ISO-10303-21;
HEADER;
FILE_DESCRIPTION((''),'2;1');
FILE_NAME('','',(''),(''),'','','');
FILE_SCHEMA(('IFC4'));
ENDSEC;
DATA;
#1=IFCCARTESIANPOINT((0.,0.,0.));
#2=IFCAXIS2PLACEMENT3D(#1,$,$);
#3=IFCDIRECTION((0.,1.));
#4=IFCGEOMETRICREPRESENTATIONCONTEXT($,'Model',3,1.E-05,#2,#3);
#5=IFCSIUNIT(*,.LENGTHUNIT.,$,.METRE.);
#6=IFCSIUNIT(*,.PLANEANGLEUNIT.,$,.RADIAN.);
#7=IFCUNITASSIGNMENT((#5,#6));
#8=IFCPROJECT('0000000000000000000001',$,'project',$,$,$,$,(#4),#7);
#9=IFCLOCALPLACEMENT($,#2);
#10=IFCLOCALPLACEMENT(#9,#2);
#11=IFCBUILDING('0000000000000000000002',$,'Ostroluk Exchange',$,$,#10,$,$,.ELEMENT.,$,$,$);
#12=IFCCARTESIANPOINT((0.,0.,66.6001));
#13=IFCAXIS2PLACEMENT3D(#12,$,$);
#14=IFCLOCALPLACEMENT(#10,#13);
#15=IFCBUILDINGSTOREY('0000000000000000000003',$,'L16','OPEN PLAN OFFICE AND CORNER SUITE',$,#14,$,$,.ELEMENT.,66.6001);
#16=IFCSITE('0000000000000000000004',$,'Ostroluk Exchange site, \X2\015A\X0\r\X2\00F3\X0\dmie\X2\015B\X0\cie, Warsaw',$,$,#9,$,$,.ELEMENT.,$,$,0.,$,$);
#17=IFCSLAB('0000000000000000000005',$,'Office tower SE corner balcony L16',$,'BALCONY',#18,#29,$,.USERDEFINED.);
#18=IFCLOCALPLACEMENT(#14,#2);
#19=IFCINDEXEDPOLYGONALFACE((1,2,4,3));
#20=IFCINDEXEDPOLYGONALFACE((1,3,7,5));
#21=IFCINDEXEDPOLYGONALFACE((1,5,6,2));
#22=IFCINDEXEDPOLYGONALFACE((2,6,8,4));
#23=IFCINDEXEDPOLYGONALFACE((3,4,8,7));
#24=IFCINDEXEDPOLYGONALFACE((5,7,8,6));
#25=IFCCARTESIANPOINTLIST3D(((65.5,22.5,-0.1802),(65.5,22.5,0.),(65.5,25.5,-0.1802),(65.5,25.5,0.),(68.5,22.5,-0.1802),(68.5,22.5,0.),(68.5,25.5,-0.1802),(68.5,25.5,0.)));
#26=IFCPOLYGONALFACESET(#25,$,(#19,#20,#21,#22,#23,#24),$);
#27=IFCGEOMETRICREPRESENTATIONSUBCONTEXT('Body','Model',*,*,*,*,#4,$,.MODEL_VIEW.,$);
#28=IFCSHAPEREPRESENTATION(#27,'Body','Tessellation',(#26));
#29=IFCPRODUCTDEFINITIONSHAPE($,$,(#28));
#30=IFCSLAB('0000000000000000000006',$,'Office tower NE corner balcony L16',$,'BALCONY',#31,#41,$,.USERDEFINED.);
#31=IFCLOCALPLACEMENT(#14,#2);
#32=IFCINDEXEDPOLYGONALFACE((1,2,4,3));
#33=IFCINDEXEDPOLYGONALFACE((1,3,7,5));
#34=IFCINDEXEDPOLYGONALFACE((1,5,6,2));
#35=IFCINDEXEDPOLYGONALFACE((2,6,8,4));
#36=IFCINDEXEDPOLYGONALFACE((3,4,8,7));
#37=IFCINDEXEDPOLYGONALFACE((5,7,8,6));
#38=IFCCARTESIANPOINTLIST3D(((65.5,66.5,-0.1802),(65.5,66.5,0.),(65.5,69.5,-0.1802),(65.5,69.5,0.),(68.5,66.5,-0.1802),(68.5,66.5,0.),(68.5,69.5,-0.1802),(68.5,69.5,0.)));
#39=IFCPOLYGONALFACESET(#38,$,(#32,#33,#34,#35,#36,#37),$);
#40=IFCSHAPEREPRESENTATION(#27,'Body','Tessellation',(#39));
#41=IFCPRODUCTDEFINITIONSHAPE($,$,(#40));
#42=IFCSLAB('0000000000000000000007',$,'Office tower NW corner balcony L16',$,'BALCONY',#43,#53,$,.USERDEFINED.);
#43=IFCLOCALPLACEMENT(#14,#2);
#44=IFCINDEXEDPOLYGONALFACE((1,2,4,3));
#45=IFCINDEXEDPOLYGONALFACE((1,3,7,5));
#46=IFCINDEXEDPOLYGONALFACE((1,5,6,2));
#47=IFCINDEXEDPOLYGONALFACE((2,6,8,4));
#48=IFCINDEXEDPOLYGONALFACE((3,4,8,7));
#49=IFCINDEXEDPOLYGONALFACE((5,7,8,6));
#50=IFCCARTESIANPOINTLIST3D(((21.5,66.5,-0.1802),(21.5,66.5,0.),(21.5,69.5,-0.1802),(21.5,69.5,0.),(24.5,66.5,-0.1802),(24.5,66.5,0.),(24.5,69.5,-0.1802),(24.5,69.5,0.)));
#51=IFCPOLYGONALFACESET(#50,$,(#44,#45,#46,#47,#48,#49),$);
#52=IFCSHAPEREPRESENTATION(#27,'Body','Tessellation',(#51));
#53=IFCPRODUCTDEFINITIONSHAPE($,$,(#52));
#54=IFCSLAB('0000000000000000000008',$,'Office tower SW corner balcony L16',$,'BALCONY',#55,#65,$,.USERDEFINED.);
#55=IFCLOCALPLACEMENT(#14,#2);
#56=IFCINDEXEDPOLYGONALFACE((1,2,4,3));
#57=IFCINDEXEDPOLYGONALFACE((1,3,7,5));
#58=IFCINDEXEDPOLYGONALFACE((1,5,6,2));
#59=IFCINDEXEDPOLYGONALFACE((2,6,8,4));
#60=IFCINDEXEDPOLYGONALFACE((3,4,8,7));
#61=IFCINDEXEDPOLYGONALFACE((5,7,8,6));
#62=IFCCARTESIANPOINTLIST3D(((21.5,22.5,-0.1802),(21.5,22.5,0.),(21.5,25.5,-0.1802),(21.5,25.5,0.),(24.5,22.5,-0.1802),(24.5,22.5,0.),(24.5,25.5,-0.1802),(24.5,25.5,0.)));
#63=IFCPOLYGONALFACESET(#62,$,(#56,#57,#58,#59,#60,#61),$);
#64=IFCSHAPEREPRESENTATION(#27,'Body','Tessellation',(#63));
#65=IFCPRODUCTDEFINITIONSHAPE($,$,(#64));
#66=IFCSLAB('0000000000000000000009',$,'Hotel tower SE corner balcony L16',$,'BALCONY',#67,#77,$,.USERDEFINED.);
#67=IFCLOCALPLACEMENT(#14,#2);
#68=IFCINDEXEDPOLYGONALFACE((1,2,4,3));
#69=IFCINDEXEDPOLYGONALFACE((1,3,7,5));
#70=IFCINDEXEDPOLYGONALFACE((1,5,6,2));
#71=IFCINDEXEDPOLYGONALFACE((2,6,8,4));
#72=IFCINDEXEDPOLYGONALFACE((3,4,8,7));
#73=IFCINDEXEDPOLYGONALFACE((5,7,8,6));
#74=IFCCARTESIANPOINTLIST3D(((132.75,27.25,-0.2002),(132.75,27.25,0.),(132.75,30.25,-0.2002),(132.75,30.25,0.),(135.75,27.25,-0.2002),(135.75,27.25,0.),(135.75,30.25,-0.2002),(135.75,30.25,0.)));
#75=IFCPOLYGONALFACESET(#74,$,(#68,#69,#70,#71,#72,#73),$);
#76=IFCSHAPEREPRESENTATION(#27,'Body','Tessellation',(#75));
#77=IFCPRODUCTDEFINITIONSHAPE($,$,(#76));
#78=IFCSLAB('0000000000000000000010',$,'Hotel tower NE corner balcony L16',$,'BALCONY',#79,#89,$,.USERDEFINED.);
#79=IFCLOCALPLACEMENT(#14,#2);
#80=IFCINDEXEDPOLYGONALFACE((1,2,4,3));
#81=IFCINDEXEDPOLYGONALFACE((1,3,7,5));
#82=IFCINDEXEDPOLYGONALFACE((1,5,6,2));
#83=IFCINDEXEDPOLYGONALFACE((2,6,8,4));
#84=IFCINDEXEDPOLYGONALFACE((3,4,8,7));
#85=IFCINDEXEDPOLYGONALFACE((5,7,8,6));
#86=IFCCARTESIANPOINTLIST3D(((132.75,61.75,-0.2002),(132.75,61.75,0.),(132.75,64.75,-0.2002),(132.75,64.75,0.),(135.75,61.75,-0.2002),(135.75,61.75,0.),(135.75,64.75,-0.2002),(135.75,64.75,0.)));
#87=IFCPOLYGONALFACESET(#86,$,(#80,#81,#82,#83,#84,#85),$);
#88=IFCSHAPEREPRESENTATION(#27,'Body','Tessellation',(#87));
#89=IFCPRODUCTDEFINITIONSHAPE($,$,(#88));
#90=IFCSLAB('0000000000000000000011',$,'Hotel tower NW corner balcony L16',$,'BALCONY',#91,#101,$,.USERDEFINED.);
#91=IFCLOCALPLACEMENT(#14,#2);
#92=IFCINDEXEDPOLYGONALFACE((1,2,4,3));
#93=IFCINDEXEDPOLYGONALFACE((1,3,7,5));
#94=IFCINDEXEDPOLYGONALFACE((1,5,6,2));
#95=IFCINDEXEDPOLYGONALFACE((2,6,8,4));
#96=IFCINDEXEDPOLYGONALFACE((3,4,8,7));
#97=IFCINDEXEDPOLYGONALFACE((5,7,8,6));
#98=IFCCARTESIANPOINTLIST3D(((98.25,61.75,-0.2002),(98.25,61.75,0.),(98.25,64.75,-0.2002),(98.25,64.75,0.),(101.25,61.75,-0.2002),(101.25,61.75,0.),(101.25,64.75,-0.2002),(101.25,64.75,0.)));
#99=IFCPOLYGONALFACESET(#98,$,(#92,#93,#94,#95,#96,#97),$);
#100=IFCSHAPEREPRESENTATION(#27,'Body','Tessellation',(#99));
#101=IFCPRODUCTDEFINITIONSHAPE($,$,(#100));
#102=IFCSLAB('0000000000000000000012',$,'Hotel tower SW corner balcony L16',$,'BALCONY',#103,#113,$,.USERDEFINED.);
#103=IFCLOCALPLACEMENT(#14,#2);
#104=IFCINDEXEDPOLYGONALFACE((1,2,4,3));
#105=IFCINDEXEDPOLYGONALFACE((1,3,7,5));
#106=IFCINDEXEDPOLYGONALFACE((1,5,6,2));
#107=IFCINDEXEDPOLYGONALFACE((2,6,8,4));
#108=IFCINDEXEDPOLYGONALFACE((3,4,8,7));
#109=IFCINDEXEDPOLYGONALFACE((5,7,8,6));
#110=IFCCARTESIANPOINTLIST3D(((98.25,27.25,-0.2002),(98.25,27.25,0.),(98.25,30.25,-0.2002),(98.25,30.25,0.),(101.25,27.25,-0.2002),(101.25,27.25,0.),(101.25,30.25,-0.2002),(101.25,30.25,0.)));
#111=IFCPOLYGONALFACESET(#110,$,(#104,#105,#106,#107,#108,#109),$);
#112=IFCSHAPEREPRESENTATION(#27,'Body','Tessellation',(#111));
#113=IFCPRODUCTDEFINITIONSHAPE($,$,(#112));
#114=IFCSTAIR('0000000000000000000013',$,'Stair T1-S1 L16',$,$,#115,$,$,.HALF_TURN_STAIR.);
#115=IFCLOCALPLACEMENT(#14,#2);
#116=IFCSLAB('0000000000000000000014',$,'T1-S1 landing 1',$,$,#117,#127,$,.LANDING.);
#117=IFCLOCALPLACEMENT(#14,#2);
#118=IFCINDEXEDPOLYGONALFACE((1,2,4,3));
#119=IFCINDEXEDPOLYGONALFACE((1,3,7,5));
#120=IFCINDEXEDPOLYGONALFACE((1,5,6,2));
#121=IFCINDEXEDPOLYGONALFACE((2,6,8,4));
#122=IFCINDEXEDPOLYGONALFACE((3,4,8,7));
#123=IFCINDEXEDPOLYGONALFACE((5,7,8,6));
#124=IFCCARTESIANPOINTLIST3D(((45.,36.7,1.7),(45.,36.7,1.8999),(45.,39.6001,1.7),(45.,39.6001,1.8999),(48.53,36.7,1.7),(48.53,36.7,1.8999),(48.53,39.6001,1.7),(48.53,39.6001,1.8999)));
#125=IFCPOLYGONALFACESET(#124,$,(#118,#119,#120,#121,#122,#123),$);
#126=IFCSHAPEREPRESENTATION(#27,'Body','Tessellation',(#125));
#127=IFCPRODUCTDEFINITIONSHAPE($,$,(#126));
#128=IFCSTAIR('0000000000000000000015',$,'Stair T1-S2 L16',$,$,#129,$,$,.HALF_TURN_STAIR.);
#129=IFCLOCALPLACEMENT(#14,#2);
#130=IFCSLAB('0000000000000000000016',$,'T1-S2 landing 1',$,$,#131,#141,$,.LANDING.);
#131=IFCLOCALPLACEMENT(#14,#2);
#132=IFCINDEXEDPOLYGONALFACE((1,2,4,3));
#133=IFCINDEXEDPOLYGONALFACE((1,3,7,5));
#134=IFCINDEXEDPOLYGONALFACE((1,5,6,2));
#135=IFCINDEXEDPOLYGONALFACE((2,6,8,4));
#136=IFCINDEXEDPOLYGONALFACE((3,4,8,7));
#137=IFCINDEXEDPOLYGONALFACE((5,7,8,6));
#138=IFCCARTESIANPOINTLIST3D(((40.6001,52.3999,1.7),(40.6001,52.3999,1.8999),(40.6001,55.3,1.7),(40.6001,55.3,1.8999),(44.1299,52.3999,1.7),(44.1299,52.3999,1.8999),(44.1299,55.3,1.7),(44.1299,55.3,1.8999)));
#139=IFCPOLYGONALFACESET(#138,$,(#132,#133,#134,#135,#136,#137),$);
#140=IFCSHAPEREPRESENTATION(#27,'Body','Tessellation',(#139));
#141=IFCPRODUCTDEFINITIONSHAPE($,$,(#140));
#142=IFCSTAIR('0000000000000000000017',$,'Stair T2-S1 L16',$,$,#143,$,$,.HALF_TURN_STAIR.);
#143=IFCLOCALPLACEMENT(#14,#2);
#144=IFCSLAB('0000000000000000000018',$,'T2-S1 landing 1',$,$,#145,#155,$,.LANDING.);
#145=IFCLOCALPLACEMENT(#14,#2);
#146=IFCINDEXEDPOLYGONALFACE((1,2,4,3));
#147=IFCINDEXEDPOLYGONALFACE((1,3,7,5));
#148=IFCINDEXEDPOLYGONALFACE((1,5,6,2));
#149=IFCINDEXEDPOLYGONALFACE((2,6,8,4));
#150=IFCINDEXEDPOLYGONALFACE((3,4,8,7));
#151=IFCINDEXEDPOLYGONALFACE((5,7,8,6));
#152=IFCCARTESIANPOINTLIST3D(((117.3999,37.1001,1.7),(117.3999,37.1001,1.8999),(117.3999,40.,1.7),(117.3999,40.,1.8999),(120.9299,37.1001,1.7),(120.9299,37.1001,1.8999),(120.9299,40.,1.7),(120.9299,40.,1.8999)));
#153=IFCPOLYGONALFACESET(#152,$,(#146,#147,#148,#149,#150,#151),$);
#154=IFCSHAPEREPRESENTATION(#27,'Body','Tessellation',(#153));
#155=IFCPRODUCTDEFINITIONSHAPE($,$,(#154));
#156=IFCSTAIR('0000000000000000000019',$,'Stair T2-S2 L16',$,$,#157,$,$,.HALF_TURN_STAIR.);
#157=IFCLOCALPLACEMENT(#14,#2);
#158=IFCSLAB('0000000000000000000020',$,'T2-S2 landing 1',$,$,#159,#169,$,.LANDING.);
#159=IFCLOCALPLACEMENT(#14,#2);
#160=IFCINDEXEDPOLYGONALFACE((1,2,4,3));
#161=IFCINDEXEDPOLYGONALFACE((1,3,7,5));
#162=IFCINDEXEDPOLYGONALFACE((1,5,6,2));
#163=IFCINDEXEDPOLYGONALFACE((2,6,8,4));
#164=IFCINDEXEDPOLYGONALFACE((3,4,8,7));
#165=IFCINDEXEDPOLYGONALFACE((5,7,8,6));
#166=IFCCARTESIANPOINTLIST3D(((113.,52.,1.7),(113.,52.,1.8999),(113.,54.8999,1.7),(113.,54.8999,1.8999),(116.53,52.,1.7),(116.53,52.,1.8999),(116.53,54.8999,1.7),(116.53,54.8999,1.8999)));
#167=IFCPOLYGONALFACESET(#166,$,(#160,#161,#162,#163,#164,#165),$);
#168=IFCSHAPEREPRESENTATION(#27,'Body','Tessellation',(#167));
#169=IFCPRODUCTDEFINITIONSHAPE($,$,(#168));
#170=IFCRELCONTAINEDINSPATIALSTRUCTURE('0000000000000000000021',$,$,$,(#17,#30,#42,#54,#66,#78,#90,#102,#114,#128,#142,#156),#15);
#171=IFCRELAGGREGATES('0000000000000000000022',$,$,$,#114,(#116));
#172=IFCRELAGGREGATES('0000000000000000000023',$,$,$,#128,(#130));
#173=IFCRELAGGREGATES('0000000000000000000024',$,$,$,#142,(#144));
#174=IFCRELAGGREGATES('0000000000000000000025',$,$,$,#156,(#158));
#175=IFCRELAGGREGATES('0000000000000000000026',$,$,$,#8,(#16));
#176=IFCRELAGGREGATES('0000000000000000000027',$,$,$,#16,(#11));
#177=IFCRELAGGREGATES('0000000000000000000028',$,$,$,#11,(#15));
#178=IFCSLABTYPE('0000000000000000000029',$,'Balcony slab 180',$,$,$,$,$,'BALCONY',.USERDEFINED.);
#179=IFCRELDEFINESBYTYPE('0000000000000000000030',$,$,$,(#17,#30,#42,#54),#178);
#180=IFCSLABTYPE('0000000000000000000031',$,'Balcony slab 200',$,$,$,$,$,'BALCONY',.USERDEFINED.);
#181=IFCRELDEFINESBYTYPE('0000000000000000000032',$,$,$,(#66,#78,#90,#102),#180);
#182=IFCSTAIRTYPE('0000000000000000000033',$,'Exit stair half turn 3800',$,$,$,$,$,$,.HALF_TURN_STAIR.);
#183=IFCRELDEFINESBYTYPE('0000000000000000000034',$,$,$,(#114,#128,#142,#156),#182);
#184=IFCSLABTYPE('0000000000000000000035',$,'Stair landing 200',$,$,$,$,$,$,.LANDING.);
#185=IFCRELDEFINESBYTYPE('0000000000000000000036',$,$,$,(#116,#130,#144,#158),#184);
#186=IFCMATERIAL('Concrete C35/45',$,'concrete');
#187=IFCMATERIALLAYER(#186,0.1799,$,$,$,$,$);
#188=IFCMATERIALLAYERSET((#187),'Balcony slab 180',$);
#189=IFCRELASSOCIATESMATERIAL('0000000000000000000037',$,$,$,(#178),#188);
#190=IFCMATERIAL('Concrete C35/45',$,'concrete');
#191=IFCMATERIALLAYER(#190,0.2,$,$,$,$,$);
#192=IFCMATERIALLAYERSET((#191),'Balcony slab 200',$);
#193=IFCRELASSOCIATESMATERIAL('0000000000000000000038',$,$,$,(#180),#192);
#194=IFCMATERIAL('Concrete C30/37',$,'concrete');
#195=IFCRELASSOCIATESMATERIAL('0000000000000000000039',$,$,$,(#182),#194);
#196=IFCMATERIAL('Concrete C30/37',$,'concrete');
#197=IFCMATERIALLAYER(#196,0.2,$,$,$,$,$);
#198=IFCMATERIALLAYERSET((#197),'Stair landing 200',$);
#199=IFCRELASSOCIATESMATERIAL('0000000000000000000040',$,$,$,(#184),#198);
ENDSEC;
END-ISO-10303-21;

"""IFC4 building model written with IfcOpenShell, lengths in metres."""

from ifc_helpers import new_model, si_unit, direction, frame, origin, place, context, subcontext, project, spatial, polyline, outline, extrude, material, layer, layer_set, type_object, element, aggregate, save


model = new_model("IFC4")

# Units and contexts
model_context = context("Model", 3, precision=1e-05, world=origin(), true_north=direction((0.0, 1.0)))
body_context = subcontext(model_context, "Body", "Model", "MODEL_VIEW")
ifc_project = project(units=[si_unit("LENGTHUNIT", "METRE"), si_unit("PLANEANGLEUNIT", "RADIAN")], contexts=[model_context])

# Site, building, storey
site_placement = place(None, origin())
site = spatial("IfcSite", under=ifc_project, at=site_placement, Name="Ostroluk Exchange site, Śródmieście, Warsaw", CompositionType="ELEMENT", RefElevation=0.0)
building_placement = place(site_placement, origin())
building = spatial("IfcBuilding", under=site, at=building_placement, Name="Ostroluk Exchange", CompositionType="ELEMENT")
storey_placement = place(building_placement, frame((0.0, 0.0, 66.6001)))
storey = spatial("IfcBuildingStorey", under=building, at=storey_placement, Name="L16", Description="OPEN PLAN OFFICE AND CORNER SUITE", CompositionType="ELEMENT", Elevation=66.6001)

# Slabs
ifc_material_1 = material(Name="Concrete C35/45", Category="concrete")
ifc_layer_1 = layer(ifc_material_1, 0.1799)
ifc_layer_set_1 = layer_set([ifc_layer_1], Name="Balcony slab 180")
slab_type_1 = type_object("IfcSlabType", Name="Balcony slab 180", ElementType="BALCONY", PredefinedType="USERDEFINED", material=ifc_layer_set_1)
slab_1_placement = place(storey_placement, frame((0.0, 0.0, -0.1802)))
element("IfcSlab", 1, at=slab_1_placement, inside=storey, type_object=slab_type_1, Name="Office tower SE corner balcony L16", ObjectType="BALCONY", PredefinedType="USERDEFINED", context=body_context, shape_type="SweptSolid", body=[
    extrude(outline(polyline([(65.5, 22.5), (68.5, 22.5), (68.5, 25.5), (65.5, 25.5), (65.5, 22.5)])), origin(), (0.0, 0.0, 1.0), 0.1802),
])
slab_2_placement = place(storey_placement, frame((0.0, 0.0, -0.1802)))
element("IfcSlab", 2, at=slab_2_placement, inside=storey, type_object=slab_type_1, Name="Office tower NE corner balcony L16", ObjectType="BALCONY", PredefinedType="USERDEFINED", context=body_context, shape_type="SweptSolid", body=[
    extrude(outline(polyline([(65.5, 66.5), (68.5, 66.5), (68.5, 69.5), (65.5, 69.5), (65.5, 66.5)])), origin(), (0.0, 0.0, 1.0), 0.1802),
])
slab_3_placement = place(storey_placement, frame((0.0, 0.0, -0.1802)))
element("IfcSlab", 3, at=slab_3_placement, inside=storey, type_object=slab_type_1, Name="Office tower NW corner balcony L16", ObjectType="BALCONY", PredefinedType="USERDEFINED", context=body_context, shape_type="SweptSolid", body=[
    extrude(outline(polyline([(21.5, 66.5), (24.5, 66.5), (24.5, 69.5), (21.5, 69.5), (21.5, 66.5)])), origin(), (0.0, 0.0, 1.0), 0.1802),
])
slab_4_placement = place(storey_placement, frame((0.0, 0.0, -0.1802)))
element("IfcSlab", 4, at=slab_4_placement, inside=storey, type_object=slab_type_1, Name="Office tower SW corner balcony L16", ObjectType="BALCONY", PredefinedType="USERDEFINED", context=body_context, shape_type="SweptSolid", body=[
    extrude(outline(polyline([(21.5, 22.5), (24.5, 22.5), (24.5, 25.5), (21.5, 25.5), (21.5, 22.5)])), origin(), (0.0, 0.0, 1.0), 0.1802),
])
ifc_material_2 = material(Name="Concrete C35/45", Category="concrete")
ifc_layer_2 = layer(ifc_material_2, 0.2)
ifc_layer_set_2 = layer_set([ifc_layer_2], Name="Balcony slab 200")
slab_type_2 = type_object("IfcSlabType", Name="Balcony slab 200", ElementType="BALCONY", PredefinedType="USERDEFINED", material=ifc_layer_set_2)
slab_5_placement = place(storey_placement, frame((0.0, 0.0, -0.2002)))
element("IfcSlab", 5, at=slab_5_placement, inside=storey, type_object=slab_type_2, Name="Hotel tower SE corner balcony L16", ObjectType="BALCONY", PredefinedType="USERDEFINED", context=body_context, shape_type="SweptSolid", body=[
    extrude(outline(polyline([(132.75, 27.25), (135.75, 27.25), (135.75, 30.25), (132.75, 30.25), (132.75, 27.25)])), origin(), (0.0, 0.0, 1.0), 0.2002),
])
slab_6_placement = place(storey_placement, frame((0.0, 0.0, -0.2002)))
element("IfcSlab", 6, at=slab_6_placement, inside=storey, type_object=slab_type_2, Name="Hotel tower NE corner balcony L16", ObjectType="BALCONY", PredefinedType="USERDEFINED", context=body_context, shape_type="SweptSolid", body=[
    extrude(outline(polyline([(132.75, 61.75), (135.75, 61.75), (135.75, 64.75), (132.75, 64.75), (132.75, 61.75)])), origin(), (0.0, 0.0, 1.0), 0.2002),
])
slab_7_placement = place(storey_placement, frame((0.0, 0.0, -0.2002)))
element("IfcSlab", 7, at=slab_7_placement, inside=storey, type_object=slab_type_2, Name="Hotel tower NW corner balcony L16", ObjectType="BALCONY", PredefinedType="USERDEFINED", context=body_context, shape_type="SweptSolid", body=[
    extrude(outline(polyline([(98.25, 61.75), (101.25, 61.75), (101.25, 64.75), (98.25, 64.75), (98.25, 61.75)])), origin(), (0.0, 0.0, 1.0), 0.2002),
])
slab_8_placement = place(storey_placement, frame((0.0, 0.0, -0.2002)))
element("IfcSlab", 8, at=slab_8_placement, inside=storey, type_object=slab_type_2, Name="Hotel tower SW corner balcony L16", ObjectType="BALCONY", PredefinedType="USERDEFINED", context=body_context, shape_type="SweptSolid", body=[
    extrude(outline(polyline([(98.25, 27.25), (101.25, 27.25), (101.25, 30.25), (98.25, 30.25), (98.25, 27.25)])), origin(), (0.0, 0.0, 1.0), 0.2002),
])

# Stairs, slabs
ifc_material_3 = material(Name="Concrete C30/37", Category="concrete")
stair_type = type_object("IfcStairType", Name="Exit stair half turn 3800", PredefinedType="HALF_TURN_STAIR", material=ifc_material_3)
stair_1_placement = place(storey_placement, origin())
stair_1 = element("IfcStair", 9, at=stair_1_placement, inside=storey, type_object=stair_type, Name="Stair T1-S1 L16", PredefinedType="HALF_TURN_STAIR")
ifc_material_4 = material(Name="Concrete C30/37", Category="concrete")
ifc_layer_3 = layer(ifc_material_4, 0.2)
ifc_layer_set_3 = layer_set([ifc_layer_3], Name="Stair landing 200")
slab_type_3 = type_object("IfcSlabType", Name="Stair landing 200", PredefinedType="LANDING", material=ifc_layer_set_3)
slab_9_placement = place(storey_placement, frame((0.0, 0.0, 1.7)))
slab_9 = element("IfcSlab", 10, at=slab_9_placement, type_object=slab_type_3, Name="T1-S1 landing 1", PredefinedType="LANDING", context=body_context, shape_type="SweptSolid", body=[
    extrude(outline(polyline([(45.0, 36.7), (45.0, 39.6001), (48.53, 39.6001), (48.53, 36.7), (45.0, 36.7)])), origin(), (0.0, 0.0, 1.0), 0.2),
])
aggregate(stair_1, [slab_9])
stair_2_placement = place(storey_placement, origin())
stair_2 = element("IfcStair", 11, at=stair_2_placement, inside=storey, type_object=stair_type, Name="Stair T1-S2 L16", PredefinedType="HALF_TURN_STAIR")
slab_10_placement = place(storey_placement, frame((0.0, 0.0, 1.7)))
slab_10 = element("IfcSlab", 12, at=slab_10_placement, type_object=slab_type_3, Name="T1-S2 landing 1", PredefinedType="LANDING", context=body_context, shape_type="SweptSolid", body=[
    extrude(outline(polyline([(44.1299, 52.3999), (44.1299, 55.3), (40.6001, 55.3), (40.6001, 52.3999), (44.1299, 52.3999)])), origin(), (0.0, 0.0, 1.0), 0.2),
])
aggregate(stair_2, [slab_10])
stair_3_placement = place(storey_placement, origin())
stair_3 = element("IfcStair", 13, at=stair_3_placement, inside=storey, type_object=stair_type, Name="Stair T2-S1 L16", PredefinedType="HALF_TURN_STAIR")
slab_11_placement = place(storey_placement, frame((0.0, 0.0, 1.7)))
slab_11 = element("IfcSlab", 14, at=slab_11_placement, type_object=slab_type_3, Name="T2-S1 landing 1", PredefinedType="LANDING", context=body_context, shape_type="SweptSolid", body=[
    extrude(outline(polyline([(117.3999, 37.1001), (117.3999, 40.0), (120.9299, 40.0), (120.9299, 37.1001), (117.3999, 37.1001)])), origin(), (0.0, 0.0, 1.0), 0.2),
])
aggregate(stair_3, [slab_11])
stair_4_placement = place(storey_placement, origin())
stair_4 = element("IfcStair", 15, at=stair_4_placement, inside=storey, type_object=stair_type, Name="Stair T2-S2 L16", PredefinedType="HALF_TURN_STAIR")
slab_12_placement = place(storey_placement, frame((0.0, 0.0, 1.7)))
slab_12 = element("IfcSlab", 16, at=slab_12_placement, type_object=slab_type_3, Name="T2-S2 landing 1", PredefinedType="LANDING", context=body_context, shape_type="SweptSolid", body=[
    extrude(outline(polyline([(116.53, 52.0), (116.53, 54.8999), (113.0, 54.8999), (113.0, 52.0), (116.53, 52.0)])), origin(), (0.0, 0.0, 1.0), 0.2),
])
aggregate(stair_4, [slab_12])

save(model, "model.ifc")
